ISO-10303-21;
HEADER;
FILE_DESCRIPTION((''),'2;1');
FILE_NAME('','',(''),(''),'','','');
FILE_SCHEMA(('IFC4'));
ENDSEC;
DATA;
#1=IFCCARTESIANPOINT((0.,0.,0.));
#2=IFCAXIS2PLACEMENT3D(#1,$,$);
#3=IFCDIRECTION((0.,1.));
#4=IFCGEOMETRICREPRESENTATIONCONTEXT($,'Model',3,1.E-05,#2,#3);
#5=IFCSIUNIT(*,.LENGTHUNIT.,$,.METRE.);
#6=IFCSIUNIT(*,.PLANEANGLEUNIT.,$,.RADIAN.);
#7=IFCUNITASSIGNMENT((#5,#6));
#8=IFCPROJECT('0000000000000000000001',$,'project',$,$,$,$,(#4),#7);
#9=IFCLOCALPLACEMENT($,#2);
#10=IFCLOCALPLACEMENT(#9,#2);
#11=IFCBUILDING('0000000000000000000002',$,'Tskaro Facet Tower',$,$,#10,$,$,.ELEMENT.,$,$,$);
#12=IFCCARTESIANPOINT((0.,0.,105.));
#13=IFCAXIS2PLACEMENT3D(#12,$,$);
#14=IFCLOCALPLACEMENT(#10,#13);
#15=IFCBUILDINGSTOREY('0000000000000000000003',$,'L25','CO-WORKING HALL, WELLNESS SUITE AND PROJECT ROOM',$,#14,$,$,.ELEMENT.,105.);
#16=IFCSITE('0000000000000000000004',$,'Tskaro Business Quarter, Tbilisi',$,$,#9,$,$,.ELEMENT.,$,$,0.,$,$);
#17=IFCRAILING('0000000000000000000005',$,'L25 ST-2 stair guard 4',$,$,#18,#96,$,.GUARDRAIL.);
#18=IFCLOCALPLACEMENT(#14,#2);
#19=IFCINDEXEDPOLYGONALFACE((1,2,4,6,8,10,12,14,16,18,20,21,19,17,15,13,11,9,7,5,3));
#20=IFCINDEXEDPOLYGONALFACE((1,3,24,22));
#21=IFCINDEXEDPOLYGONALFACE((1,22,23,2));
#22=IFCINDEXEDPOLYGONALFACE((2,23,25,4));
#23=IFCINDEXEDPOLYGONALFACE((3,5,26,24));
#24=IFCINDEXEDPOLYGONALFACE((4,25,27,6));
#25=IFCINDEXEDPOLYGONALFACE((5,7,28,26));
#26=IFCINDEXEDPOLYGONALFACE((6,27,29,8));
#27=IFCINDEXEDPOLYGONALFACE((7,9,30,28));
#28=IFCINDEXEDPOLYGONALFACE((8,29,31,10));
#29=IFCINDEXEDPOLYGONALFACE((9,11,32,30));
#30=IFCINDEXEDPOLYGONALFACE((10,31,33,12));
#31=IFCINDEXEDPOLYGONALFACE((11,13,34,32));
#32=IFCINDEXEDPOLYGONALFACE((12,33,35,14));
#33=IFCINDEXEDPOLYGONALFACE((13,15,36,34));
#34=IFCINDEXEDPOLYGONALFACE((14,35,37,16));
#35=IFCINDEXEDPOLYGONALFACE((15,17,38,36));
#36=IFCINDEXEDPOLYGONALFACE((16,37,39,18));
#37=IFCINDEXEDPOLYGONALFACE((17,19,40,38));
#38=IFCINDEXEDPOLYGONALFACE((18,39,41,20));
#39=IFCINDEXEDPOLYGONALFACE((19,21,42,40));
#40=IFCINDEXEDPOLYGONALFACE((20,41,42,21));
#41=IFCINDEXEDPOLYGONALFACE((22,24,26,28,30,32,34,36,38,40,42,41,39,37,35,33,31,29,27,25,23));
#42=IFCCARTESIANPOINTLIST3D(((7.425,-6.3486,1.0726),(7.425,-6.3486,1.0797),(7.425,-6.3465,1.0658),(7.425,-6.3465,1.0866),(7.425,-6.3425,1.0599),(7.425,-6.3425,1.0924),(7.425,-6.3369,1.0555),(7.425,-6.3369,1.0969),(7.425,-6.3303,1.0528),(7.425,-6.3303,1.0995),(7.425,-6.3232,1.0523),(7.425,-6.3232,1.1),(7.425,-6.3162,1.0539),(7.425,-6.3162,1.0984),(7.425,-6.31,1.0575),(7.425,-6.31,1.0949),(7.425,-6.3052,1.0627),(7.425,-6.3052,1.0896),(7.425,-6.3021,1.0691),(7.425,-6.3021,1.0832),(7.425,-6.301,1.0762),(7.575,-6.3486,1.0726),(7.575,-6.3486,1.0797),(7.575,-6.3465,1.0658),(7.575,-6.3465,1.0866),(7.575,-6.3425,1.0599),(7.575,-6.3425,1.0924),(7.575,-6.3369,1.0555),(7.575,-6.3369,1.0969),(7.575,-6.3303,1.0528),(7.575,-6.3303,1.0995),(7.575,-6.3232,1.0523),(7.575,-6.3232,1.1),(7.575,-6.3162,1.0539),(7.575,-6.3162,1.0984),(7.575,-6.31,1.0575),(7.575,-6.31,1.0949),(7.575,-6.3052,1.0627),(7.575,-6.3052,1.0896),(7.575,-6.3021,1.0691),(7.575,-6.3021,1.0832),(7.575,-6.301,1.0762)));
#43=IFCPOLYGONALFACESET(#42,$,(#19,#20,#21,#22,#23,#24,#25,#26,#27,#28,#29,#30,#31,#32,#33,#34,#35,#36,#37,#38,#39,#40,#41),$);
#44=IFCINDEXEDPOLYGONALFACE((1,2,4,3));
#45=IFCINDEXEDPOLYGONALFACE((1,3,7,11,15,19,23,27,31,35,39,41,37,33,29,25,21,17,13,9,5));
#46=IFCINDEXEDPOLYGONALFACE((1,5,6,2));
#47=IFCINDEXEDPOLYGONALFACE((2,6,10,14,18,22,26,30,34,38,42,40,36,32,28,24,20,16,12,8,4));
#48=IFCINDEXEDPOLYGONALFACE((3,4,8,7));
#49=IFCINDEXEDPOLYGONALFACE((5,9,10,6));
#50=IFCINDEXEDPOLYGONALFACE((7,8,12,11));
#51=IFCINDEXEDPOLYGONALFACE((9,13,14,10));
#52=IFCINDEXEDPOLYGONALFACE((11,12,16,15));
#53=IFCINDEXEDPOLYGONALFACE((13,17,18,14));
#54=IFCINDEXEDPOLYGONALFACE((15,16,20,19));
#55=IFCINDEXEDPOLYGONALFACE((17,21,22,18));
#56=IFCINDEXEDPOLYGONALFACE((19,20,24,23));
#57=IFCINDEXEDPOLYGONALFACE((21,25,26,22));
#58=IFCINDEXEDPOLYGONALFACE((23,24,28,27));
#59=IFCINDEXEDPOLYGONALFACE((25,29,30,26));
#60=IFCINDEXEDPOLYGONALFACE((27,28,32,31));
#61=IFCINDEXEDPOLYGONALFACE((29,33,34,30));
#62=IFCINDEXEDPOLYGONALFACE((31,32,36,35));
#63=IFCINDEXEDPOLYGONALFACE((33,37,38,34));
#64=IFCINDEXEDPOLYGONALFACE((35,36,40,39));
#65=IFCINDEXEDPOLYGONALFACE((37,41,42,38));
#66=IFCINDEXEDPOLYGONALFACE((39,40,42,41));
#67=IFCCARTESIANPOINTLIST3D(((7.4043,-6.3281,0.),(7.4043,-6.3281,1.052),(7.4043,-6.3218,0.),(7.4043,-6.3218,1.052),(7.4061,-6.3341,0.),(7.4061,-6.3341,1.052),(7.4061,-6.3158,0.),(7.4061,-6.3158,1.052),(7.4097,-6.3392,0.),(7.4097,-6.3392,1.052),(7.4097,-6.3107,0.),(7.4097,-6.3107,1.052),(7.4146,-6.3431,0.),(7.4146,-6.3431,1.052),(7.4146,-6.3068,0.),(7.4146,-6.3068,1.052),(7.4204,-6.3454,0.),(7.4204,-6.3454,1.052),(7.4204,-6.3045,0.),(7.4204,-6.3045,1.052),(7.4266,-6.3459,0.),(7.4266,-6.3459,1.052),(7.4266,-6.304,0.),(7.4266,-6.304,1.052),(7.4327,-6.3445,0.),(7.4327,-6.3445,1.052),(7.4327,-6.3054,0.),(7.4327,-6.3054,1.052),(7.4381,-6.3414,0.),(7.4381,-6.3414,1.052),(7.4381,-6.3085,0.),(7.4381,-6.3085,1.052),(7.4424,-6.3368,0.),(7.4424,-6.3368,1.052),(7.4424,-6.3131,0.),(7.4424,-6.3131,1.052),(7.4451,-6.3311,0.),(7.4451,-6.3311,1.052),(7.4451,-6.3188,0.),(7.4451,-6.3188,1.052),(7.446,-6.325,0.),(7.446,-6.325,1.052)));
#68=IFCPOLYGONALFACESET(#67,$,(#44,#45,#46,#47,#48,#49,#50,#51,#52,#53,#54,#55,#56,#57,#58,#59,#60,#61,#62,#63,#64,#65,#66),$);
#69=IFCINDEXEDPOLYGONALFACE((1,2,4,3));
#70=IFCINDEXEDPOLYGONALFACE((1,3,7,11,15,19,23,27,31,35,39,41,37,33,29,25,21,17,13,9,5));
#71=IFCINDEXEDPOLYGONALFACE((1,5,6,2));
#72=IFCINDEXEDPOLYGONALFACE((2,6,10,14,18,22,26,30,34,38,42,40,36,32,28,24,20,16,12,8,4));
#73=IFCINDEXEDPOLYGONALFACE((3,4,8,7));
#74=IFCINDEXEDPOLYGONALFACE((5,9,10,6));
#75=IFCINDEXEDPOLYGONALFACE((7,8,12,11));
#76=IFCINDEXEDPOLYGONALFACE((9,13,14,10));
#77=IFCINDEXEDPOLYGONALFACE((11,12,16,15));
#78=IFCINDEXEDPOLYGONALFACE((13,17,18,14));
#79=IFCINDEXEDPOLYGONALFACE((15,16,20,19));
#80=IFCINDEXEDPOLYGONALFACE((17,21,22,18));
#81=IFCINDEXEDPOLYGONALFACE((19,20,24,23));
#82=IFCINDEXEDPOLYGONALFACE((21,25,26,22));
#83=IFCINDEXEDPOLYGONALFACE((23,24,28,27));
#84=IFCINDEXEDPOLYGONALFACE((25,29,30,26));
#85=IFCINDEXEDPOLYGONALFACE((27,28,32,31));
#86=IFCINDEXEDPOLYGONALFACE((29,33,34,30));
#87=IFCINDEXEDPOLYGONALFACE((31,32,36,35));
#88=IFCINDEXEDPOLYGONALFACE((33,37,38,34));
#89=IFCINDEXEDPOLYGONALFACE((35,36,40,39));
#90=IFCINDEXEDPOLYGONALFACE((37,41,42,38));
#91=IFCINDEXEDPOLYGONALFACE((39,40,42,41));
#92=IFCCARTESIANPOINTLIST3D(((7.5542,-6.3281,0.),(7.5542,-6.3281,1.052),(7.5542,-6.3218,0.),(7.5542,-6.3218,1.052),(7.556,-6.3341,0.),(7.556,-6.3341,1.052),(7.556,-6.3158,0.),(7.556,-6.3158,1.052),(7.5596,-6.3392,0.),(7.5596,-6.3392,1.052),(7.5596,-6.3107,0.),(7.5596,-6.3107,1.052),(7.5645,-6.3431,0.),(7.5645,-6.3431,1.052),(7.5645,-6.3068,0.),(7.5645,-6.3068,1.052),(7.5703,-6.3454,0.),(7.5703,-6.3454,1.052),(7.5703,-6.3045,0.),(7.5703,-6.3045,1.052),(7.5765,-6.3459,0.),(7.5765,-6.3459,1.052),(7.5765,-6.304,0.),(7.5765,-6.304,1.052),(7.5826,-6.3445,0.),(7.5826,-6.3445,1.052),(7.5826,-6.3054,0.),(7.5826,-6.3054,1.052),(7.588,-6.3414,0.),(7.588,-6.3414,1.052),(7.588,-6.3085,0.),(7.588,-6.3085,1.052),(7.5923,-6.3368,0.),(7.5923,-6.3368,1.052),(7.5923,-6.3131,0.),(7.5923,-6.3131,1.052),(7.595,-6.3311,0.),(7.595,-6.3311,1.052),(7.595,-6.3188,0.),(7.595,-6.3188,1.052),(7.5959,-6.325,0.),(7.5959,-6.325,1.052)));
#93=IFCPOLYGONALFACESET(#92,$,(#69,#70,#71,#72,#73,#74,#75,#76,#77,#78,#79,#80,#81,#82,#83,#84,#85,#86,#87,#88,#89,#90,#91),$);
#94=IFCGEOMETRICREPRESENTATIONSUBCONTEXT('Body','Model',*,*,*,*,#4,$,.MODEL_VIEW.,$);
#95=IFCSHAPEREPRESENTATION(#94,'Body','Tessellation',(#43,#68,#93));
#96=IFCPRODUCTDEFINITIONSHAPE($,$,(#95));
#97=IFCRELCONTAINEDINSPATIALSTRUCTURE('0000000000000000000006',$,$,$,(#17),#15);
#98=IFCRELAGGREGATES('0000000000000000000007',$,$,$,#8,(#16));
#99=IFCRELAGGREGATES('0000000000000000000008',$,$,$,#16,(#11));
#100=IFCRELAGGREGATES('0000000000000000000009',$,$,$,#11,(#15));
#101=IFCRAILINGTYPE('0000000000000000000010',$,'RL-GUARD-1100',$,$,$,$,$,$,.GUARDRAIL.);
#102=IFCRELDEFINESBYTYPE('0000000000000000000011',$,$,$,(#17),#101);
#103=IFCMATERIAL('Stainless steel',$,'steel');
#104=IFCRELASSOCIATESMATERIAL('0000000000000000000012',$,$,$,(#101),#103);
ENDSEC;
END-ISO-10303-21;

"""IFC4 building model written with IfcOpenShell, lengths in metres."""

from ifc_helpers import new_model, si_unit, direction, frame, origin, origin_2d, place, context, subcontext, project, spatial, circle, extrude, material, type_object, element, save


model = new_model("IFC4")

# Units and contexts
model_context = context("Model", 3, precision=1e-05, world=origin(), true_north=direction((0.0, 1.0)))
body_context = subcontext(model_context, "Body", "Model", "MODEL_VIEW")
ifc_project = project(units=[si_unit("LENGTHUNIT", "METRE"), si_unit("PLANEANGLEUNIT", "RADIAN")], contexts=[model_context])

# Site, building, storey
site_placement = place(None, origin())
site = spatial("IfcSite", under=ifc_project, at=site_placement, Name="Tskaro Business Quarter, Tbilisi", CompositionType="ELEMENT", RefElevation=0.0)
building_placement = place(site_placement, origin())
building = spatial("IfcBuilding", under=site, at=building_placement, Name="Tskaro Facet Tower", CompositionType="ELEMENT")
storey_placement = place(building_placement, frame((0.0, 0.0, 105.0)))
storey = spatial("IfcBuildingStorey", under=building, at=storey_placement, Name="L25", Description="CO-WORKING HALL, WELLNESS SUITE AND PROJECT ROOM", CompositionType="ELEMENT", Elevation=105.0)

# Railing
ifc_material_1 = material(Name="Stainless steel", Category="steel")
railing_type_1 = type_object("IfcRailingType", Name="RL-GUARD-1100", PredefinedType="GUARDRAIL", material=ifc_material_1)
railing_1_placement = place(storey_placement, frame((7.425, -6.325, 0.0)))
element("IfcRailing", 1, at=railing_1_placement, inside=storey, type_object=railing_type_1, Name="L25 ST-2 stair guard 4", PredefinedType="GUARDRAIL", context=body_context, shape_type="SweptSolid", body=[
    extrude(circle(Radius=0.0239, at=origin_2d()), frame((0.0, 0.0, 1.0762), z_axis=(1.0, 0.0, 0.0), x_axis=(0.0, 1.0, 0.0)), (0.0, 0.0, 1.0), 0.1499),
    extrude(circle(Radius=0.021, at=origin_2d()), origin(), (0.0, 0.0, 1.0), 1.052),
    extrude(circle(Radius=0.021, at=origin_2d()), frame((0.1499, 0.0, 0.0)), (0.0, 0.0, 1.0), 1.052),
])

save(model, "model.ifc")
